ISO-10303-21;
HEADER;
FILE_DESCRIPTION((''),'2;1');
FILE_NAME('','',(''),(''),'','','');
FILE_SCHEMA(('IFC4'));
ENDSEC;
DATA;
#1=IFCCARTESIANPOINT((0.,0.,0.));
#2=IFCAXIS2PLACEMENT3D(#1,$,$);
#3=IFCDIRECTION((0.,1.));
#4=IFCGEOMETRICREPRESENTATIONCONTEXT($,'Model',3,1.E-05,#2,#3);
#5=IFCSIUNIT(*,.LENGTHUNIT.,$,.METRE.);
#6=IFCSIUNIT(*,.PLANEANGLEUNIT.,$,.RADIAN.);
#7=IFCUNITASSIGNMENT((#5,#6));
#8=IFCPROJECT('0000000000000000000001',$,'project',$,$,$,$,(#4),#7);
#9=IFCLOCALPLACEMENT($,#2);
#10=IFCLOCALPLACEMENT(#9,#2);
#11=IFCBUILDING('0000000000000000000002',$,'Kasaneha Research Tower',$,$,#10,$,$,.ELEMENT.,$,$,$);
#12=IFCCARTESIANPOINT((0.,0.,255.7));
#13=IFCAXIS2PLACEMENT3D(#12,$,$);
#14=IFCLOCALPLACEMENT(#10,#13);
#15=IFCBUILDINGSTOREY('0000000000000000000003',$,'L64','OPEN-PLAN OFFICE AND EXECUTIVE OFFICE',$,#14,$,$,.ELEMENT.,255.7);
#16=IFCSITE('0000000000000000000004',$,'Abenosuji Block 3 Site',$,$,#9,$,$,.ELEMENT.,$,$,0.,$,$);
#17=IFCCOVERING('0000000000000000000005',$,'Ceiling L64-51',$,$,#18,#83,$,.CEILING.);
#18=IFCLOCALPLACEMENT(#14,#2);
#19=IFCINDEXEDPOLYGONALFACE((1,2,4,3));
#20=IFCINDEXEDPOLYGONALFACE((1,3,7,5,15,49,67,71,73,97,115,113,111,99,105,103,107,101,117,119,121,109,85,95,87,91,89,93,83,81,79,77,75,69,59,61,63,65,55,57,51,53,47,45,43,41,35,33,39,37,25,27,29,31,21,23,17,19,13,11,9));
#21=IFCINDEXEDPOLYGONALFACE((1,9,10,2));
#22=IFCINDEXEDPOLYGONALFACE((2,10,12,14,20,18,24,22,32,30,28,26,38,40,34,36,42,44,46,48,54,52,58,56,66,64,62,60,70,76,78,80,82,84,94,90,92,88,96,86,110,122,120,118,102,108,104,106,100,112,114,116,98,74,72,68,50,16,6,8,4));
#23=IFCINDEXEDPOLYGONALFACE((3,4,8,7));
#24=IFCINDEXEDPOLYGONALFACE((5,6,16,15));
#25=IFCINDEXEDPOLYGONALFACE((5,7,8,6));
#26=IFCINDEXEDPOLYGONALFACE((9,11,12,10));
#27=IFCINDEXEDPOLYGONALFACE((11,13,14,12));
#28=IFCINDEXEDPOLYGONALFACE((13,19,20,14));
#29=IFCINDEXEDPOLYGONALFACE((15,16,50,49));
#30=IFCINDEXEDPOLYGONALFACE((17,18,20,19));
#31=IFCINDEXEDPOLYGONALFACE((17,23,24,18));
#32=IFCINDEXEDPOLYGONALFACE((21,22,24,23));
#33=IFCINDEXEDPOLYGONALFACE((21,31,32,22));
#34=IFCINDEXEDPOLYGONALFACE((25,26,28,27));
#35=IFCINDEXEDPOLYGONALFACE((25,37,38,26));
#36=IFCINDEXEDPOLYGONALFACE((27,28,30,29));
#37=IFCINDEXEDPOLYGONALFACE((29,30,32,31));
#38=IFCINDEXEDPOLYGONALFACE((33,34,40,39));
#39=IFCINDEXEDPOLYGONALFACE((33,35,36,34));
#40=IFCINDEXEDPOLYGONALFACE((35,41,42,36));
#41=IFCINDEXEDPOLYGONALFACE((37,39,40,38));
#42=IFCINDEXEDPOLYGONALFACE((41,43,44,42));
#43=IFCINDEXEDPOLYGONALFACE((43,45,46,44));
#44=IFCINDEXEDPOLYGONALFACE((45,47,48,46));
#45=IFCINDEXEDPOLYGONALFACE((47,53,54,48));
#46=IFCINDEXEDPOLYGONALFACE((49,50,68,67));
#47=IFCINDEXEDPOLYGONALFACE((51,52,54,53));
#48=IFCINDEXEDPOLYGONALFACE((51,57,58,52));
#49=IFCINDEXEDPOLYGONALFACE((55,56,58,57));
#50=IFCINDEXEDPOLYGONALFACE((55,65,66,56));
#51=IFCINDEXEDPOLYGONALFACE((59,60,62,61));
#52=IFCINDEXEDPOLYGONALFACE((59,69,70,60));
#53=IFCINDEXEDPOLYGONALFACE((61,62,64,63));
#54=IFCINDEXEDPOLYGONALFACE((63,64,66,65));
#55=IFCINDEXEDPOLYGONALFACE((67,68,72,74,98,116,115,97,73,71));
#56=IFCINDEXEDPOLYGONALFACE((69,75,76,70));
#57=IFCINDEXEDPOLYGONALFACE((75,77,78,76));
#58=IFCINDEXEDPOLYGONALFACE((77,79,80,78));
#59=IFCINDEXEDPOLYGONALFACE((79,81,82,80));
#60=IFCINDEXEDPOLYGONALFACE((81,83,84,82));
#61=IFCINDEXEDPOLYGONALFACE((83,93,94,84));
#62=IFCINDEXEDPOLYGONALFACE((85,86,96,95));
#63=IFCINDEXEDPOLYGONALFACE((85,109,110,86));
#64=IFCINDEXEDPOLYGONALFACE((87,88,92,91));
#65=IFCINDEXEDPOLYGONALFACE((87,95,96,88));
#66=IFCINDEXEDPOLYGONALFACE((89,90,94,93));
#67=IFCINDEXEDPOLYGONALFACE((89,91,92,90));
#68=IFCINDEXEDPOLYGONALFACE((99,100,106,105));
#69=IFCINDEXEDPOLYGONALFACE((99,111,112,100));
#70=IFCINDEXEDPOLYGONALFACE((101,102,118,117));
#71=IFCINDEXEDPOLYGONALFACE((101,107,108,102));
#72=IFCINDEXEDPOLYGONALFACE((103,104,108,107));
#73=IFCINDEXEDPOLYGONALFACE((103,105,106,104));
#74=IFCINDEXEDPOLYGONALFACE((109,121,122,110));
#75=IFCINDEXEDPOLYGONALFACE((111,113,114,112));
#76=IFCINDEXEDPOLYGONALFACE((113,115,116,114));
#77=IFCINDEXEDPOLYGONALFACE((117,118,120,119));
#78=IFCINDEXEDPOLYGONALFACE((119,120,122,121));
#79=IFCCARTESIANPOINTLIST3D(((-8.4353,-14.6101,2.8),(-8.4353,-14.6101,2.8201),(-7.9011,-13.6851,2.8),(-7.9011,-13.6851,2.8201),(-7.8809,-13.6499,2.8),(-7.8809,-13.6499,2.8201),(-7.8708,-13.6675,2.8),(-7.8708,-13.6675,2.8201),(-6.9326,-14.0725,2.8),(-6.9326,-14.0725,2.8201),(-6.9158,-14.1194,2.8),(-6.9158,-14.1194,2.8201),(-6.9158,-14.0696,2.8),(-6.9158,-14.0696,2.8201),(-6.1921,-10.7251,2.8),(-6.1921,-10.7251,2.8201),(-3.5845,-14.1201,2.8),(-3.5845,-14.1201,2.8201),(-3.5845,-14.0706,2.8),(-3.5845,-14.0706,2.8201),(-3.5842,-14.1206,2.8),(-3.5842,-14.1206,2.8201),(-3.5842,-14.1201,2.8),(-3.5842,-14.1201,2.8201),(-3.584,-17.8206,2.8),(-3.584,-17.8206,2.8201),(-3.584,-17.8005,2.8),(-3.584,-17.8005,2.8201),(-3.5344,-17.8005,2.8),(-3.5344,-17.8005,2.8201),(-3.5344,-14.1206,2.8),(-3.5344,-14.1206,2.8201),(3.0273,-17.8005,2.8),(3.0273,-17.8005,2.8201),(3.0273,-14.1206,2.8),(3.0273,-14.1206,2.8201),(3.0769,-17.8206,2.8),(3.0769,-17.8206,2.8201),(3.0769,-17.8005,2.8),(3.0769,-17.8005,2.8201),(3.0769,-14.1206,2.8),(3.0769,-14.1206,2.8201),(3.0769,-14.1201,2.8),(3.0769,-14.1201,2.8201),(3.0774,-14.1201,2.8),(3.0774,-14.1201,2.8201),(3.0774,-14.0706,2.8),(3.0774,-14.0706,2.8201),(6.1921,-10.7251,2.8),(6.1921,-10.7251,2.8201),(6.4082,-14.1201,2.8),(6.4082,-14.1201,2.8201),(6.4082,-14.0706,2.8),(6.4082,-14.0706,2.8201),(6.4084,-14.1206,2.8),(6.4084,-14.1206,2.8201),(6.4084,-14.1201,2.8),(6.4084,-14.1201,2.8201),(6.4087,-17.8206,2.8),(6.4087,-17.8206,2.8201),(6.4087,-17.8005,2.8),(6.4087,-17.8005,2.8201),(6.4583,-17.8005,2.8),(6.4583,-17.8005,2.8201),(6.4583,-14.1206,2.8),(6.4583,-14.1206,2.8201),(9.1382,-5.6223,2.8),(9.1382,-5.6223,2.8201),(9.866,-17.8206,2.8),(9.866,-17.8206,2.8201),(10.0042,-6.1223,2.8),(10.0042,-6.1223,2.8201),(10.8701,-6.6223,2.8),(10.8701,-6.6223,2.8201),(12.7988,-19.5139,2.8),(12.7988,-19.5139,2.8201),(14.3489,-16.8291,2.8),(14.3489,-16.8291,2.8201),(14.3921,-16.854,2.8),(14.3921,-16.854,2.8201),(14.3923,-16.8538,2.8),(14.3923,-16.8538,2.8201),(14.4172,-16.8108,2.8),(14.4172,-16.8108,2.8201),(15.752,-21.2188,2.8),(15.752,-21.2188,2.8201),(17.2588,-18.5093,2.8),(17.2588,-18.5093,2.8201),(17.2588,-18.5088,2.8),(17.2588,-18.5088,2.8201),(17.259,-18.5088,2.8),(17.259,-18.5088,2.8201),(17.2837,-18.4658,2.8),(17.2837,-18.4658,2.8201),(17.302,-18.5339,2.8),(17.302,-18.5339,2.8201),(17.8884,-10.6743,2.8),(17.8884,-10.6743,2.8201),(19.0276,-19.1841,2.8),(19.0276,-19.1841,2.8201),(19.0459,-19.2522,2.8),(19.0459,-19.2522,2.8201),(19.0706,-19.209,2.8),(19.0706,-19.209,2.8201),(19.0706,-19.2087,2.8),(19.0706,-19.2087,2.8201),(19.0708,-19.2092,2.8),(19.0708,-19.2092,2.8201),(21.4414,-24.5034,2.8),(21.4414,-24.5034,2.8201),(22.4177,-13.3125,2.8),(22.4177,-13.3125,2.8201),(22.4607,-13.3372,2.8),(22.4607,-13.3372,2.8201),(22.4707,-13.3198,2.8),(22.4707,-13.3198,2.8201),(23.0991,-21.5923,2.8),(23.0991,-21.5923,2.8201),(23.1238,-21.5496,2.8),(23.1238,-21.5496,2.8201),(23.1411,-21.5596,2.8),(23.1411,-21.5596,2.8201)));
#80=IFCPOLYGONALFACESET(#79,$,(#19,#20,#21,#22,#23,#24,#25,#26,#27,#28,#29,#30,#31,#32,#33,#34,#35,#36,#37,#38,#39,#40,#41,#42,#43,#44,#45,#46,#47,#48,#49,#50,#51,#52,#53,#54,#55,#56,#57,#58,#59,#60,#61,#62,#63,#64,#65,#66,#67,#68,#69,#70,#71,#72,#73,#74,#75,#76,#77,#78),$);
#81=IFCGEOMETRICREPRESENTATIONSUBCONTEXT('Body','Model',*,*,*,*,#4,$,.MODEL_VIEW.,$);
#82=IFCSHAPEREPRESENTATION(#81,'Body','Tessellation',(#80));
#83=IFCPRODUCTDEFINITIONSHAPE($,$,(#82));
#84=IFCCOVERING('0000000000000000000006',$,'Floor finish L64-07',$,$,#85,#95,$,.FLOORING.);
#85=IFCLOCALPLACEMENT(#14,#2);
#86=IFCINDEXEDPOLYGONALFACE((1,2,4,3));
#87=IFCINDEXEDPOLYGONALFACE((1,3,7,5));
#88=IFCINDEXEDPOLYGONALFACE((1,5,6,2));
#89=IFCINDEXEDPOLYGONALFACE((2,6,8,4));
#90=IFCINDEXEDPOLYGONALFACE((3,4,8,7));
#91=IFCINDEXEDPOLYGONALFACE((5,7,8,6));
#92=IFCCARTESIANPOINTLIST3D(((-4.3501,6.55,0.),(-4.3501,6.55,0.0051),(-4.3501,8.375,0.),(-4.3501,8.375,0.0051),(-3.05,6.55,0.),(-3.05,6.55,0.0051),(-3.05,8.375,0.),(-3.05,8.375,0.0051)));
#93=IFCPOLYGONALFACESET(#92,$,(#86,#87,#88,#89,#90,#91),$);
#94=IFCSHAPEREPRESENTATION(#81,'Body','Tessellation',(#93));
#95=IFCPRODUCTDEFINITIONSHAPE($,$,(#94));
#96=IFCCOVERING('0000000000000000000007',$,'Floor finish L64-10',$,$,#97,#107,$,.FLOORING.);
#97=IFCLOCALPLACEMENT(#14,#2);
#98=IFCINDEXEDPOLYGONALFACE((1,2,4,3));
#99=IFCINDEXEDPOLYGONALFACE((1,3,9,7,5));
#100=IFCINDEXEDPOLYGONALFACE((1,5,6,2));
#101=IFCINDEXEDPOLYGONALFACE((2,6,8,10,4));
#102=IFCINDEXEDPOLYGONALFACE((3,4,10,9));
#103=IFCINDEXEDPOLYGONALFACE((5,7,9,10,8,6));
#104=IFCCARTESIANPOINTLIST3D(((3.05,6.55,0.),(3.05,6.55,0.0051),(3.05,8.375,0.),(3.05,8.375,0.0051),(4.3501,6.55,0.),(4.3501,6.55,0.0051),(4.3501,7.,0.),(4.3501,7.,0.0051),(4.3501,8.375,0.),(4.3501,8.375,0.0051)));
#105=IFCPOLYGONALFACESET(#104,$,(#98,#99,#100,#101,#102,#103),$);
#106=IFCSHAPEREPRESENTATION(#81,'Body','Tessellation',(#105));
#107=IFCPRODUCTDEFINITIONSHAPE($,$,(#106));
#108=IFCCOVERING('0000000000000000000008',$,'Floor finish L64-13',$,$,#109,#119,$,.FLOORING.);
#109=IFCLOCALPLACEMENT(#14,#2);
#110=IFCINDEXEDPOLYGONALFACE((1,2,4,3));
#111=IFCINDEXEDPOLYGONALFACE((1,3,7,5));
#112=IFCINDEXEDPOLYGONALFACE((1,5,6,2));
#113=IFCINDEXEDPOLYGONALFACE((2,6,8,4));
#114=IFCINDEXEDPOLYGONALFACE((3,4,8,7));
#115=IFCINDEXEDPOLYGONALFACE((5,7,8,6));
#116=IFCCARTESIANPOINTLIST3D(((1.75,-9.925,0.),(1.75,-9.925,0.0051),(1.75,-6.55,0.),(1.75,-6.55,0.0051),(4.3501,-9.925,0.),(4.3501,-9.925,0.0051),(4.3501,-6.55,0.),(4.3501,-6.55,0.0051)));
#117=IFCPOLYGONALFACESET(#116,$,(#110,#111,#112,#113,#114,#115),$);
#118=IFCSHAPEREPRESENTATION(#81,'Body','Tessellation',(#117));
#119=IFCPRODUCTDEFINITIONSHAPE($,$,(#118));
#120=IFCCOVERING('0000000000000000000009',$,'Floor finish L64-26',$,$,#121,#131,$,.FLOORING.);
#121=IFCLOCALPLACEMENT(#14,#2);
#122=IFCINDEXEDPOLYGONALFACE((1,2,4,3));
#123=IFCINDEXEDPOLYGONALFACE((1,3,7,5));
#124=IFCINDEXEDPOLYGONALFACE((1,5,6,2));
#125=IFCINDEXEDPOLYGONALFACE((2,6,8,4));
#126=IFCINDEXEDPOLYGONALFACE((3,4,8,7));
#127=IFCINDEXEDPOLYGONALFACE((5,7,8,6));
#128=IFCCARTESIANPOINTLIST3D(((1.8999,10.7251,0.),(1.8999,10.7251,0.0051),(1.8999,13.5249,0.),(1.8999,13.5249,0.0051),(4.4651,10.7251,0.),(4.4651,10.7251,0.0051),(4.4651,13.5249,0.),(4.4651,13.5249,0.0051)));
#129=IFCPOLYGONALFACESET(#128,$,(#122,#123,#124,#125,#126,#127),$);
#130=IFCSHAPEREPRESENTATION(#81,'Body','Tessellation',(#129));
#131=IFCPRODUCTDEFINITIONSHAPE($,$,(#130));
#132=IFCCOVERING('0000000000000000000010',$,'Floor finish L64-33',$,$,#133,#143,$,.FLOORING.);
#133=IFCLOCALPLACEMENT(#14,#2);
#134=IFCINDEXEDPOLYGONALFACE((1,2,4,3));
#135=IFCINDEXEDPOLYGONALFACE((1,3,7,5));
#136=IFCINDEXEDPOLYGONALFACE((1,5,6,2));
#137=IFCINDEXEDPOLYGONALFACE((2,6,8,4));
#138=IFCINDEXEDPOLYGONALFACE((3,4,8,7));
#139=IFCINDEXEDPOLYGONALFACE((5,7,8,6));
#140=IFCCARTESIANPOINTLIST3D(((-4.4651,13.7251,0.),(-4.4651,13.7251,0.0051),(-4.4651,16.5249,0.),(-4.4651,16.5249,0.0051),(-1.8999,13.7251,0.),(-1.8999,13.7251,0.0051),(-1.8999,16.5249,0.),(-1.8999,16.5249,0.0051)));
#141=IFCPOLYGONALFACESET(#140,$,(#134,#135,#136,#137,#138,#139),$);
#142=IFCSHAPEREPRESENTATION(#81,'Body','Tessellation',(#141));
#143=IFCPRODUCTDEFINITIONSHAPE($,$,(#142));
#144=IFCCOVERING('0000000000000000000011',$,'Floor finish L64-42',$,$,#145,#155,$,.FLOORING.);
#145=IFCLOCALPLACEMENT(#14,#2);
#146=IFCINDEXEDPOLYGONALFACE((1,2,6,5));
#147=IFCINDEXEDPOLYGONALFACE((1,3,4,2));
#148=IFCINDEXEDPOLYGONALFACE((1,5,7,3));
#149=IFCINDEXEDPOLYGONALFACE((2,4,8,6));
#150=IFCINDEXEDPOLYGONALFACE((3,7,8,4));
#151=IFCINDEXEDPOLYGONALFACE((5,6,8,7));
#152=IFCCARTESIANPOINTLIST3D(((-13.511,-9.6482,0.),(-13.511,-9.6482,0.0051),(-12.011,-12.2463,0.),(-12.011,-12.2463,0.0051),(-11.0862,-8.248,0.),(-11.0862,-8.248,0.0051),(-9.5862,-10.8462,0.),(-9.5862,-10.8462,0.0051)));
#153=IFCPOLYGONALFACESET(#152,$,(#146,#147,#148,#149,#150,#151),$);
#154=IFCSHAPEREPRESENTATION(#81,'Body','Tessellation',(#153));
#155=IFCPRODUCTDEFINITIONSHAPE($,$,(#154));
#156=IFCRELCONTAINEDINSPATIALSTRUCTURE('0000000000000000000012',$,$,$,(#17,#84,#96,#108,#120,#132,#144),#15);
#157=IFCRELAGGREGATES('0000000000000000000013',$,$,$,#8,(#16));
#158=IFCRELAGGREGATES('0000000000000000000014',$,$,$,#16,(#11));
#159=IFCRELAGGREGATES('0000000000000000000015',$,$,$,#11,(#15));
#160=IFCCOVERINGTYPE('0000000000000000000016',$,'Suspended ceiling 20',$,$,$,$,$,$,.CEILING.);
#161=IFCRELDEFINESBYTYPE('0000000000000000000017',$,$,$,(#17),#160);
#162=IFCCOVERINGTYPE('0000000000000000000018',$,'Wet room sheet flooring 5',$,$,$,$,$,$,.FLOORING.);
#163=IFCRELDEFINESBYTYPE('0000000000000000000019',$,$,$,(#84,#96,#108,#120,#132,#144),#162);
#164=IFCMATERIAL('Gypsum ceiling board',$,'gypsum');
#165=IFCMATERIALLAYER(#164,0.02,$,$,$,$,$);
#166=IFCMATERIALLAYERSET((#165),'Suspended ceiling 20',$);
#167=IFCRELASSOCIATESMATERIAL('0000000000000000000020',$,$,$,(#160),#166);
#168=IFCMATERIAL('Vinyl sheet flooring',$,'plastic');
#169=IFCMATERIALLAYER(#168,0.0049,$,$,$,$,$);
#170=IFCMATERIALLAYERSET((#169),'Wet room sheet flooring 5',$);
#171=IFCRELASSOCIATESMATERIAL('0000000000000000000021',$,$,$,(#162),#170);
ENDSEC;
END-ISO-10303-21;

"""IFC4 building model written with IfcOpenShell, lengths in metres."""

from ifc_helpers import new_model, si_unit, direction, frame, origin, place, context, subcontext, project, spatial, polyline, outline, extrude, material, layer, layer_set, type_object, element, save


model = new_model("IFC4")

# Units and contexts
model_context = context("Model", 3, precision=1e-05, world=origin(), true_north=direction((0.0, 1.0)))
body_context = subcontext(model_context, "Body", "Model", "MODEL_VIEW")
ifc_project = project(units=[si_unit("LENGTHUNIT", "METRE"), si_unit("PLANEANGLEUNIT", "RADIAN")], contexts=[model_context])

# Site, building, storey
site_placement = place(None, origin())
site = spatial("IfcSite", under=ifc_project, at=site_placement, Name="Abenosuji Block 3 Site", CompositionType="ELEMENT", RefElevation=0.0)
building_placement = place(site_placement, origin())
building = spatial("IfcBuilding", under=site, at=building_placement, Name="Kasaneha Research Tower", CompositionType="ELEMENT")
storey_placement = place(building_placement, frame((0.0, 0.0, 255.7)))
storey = spatial("IfcBuildingStorey", under=building, at=storey_placement, Name="L64", Description="OPEN-PLAN OFFICE AND EXECUTIVE OFFICE", CompositionType="ELEMENT", Elevation=255.7)

# Coverings
ifc_material_1 = material(Name="Gypsum ceiling board", Category="gypsum")
ifc_layer_1 = layer(ifc_material_1, 0.02)
ifc_layer_set_1 = layer_set([ifc_layer_1], Name="Suspended ceiling 20")
covering_type_1 = type_object("IfcCoveringType", Name="Suspended ceiling 20", PredefinedType="CEILING", material=ifc_layer_set_1)
covering_1_placement = place(storey_placement, frame((0.0, 0.0, 2.8)))
element("IfcCovering", 1, at=covering_1_placement, inside=storey, type_object=covering_type_1, Name="Ceiling L64-51", PredefinedType="CEILING", context=body_context, shape_type="SweptSolid", body=[
    extrude(outline(polyline([(9.1382, -5.6223), (10.0042, -6.1223), (10.0042, -6.1223), (10.8701, -6.6223), (10.8701, -6.6223), (17.8884, -10.6743), (22.4707, -13.3198), (22.4607, -13.3372), (22.4177, -13.3125), (19.0276, -19.1841), (19.0706, -19.2087), (19.0706, -19.209), (19.0708, -19.2092), (19.0459, -19.2522), (23.0991, -21.5923), (23.1238, -21.5496), (23.1411, -21.5596), (21.4414, -24.5034), (15.752, -21.2188), (17.302, -18.5339), (17.2588, -18.5093), (17.259, -18.5088), (17.2588, -18.5088), (17.2837, -18.4658), (14.4172, -16.8108), (14.3923, -16.8538), (14.3923, -16.8538), (14.3921, -16.854), (14.3489, -16.8291), (12.7988, -19.5139), (9.866, -17.8206), (6.4087, -17.8206), (6.4087, -17.8005), (6.4583, -17.8005), (6.4583, -14.1206), (6.4084, -14.1206), (6.4084, -14.1201), (6.4082, -14.1201), (6.4082, -14.0706), (3.0774, -14.0706), (3.0774, -14.1201), (3.0769, -14.1201), (3.0769, -14.1206), (3.0273, -14.1206), (3.0273, -17.8005), (3.0769, -17.8005), (3.0769, -17.8206), (-3.584, -17.8206), (-3.584, -17.8005), (-3.5344, -17.8005), (-3.5344, -14.1206), (-3.5842, -14.1206), (-3.5842, -14.1201), (-3.5845, -14.1201), (-3.5845, -14.0706), (-6.9158, -14.0696), (-6.9158, -14.1194), (-6.9326, -14.0725), (-8.4353, -14.6101), (-7.9011, -13.6851), (-7.8708, -13.6675), (-7.8809, -13.6499), (-6.1921, -10.7251), (6.1921, -10.7251), (9.1382, -5.6223)])), origin(), (0.0, 0.0, 1.0), 0.02),
])
ifc_material_2 = material(Name="Vinyl sheet flooring", Category="plastic")
ifc_layer_2 = layer(ifc_material_2, 0.0049)
ifc_layer_set_2 = layer_set([ifc_layer_2], Name="Wet room sheet flooring 5")
covering_type_2 = type_object("IfcCoveringType", Name="Wet room sheet flooring 5", PredefinedType="FLOORING", material=ifc_layer_set_2)
covering_2_placement = place(storey_placement, origin())
element("IfcCovering", 2, at=covering_2_placement, inside=storey, type_object=covering_type_2, Name="Floor finish L64-07", PredefinedType="FLOORING", context=body_context, shape_type="SweptSolid", body=[
    extrude(outline(polyline([(-4.3501, 6.55), (-4.3501, 8.375), (-3.05, 8.375), (-3.05, 6.55), (-4.3501, 6.55)])), origin(), (0.0, 0.0, 1.0), 0.0051),
])
covering_3_placement = place(storey_placement, origin())
element("IfcCovering", 3, at=covering_3_placement, inside=storey, type_object=covering_type_2, Name="Floor finish L64-10", PredefinedType="FLOORING", context=body_context, shape_type="SweptSolid", body=[
    extrude(outline(polyline([(3.05, 6.55), (3.05, 8.375), (4.3501, 8.375), (4.3501, 7.0), (4.3501, 6.55), (3.05, 6.55)])), origin(), (0.0, 0.0, 1.0), 0.0051),
])
covering_4_placement = place(storey_placement, origin())
element("IfcCovering", 4, at=covering_4_placement, inside=storey, type_object=covering_type_2, Name="Floor finish L64-13", PredefinedType="FLOORING", context=body_context, shape_type="SweptSolid", body=[
    extrude(outline(polyline([(1.75, -9.925), (1.75, -6.55), (4.3501, -6.55), (4.3501, -9.925), (1.75, -9.925)])), origin(), (0.0, 0.0, 1.0), 0.0051),
])
covering_5_placement = place(storey_placement, origin())
element("IfcCovering", 5, at=covering_5_placement, inside=storey, type_object=covering_type_2, Name="Floor finish L64-26", PredefinedType="FLOORING", context=body_context, shape_type="SweptSolid", body=[
    extrude(outline(polyline([(4.4651, 13.5249), (4.4651, 10.7251), (1.8999, 10.7251), (1.8999, 13.5249), (4.4651, 13.5249)])), origin(), (0.0, 0.0, 1.0), 0.0051),
])
covering_6_placement = place(storey_placement, origin())
element("IfcCovering", 6, at=covering_6_placement, inside=storey, type_object=covering_type_2, Name="Floor finish L64-33", PredefinedType="FLOORING", context=body_context, shape_type="SweptSolid", body=[
    extrude(outline(polyline([(-4.4651, 16.5249), (-1.8999, 16.5249), (-1.8999, 13.7251), (-4.4651, 13.7251), (-4.4651, 16.5249)])), origin(), (0.0, 0.0, 1.0), 0.0051),
])
covering_7_placement = place(storey_placement, origin())
element("IfcCovering", 7, at=covering_7_placement, inside=storey, type_object=covering_type_2, Name="Floor finish L64-42", PredefinedType="FLOORING", context=body_context, shape_type="SweptSolid", body=[
    extrude(outline(polyline([(-12.011, -12.2463), (-13.511, -9.6482), (-11.0862, -8.248), (-9.5862, -10.8462), (-12.011, -12.2463)])), origin(), (0.0, 0.0, 1.0), 0.0051),
])

save(model, "model.ifc")
